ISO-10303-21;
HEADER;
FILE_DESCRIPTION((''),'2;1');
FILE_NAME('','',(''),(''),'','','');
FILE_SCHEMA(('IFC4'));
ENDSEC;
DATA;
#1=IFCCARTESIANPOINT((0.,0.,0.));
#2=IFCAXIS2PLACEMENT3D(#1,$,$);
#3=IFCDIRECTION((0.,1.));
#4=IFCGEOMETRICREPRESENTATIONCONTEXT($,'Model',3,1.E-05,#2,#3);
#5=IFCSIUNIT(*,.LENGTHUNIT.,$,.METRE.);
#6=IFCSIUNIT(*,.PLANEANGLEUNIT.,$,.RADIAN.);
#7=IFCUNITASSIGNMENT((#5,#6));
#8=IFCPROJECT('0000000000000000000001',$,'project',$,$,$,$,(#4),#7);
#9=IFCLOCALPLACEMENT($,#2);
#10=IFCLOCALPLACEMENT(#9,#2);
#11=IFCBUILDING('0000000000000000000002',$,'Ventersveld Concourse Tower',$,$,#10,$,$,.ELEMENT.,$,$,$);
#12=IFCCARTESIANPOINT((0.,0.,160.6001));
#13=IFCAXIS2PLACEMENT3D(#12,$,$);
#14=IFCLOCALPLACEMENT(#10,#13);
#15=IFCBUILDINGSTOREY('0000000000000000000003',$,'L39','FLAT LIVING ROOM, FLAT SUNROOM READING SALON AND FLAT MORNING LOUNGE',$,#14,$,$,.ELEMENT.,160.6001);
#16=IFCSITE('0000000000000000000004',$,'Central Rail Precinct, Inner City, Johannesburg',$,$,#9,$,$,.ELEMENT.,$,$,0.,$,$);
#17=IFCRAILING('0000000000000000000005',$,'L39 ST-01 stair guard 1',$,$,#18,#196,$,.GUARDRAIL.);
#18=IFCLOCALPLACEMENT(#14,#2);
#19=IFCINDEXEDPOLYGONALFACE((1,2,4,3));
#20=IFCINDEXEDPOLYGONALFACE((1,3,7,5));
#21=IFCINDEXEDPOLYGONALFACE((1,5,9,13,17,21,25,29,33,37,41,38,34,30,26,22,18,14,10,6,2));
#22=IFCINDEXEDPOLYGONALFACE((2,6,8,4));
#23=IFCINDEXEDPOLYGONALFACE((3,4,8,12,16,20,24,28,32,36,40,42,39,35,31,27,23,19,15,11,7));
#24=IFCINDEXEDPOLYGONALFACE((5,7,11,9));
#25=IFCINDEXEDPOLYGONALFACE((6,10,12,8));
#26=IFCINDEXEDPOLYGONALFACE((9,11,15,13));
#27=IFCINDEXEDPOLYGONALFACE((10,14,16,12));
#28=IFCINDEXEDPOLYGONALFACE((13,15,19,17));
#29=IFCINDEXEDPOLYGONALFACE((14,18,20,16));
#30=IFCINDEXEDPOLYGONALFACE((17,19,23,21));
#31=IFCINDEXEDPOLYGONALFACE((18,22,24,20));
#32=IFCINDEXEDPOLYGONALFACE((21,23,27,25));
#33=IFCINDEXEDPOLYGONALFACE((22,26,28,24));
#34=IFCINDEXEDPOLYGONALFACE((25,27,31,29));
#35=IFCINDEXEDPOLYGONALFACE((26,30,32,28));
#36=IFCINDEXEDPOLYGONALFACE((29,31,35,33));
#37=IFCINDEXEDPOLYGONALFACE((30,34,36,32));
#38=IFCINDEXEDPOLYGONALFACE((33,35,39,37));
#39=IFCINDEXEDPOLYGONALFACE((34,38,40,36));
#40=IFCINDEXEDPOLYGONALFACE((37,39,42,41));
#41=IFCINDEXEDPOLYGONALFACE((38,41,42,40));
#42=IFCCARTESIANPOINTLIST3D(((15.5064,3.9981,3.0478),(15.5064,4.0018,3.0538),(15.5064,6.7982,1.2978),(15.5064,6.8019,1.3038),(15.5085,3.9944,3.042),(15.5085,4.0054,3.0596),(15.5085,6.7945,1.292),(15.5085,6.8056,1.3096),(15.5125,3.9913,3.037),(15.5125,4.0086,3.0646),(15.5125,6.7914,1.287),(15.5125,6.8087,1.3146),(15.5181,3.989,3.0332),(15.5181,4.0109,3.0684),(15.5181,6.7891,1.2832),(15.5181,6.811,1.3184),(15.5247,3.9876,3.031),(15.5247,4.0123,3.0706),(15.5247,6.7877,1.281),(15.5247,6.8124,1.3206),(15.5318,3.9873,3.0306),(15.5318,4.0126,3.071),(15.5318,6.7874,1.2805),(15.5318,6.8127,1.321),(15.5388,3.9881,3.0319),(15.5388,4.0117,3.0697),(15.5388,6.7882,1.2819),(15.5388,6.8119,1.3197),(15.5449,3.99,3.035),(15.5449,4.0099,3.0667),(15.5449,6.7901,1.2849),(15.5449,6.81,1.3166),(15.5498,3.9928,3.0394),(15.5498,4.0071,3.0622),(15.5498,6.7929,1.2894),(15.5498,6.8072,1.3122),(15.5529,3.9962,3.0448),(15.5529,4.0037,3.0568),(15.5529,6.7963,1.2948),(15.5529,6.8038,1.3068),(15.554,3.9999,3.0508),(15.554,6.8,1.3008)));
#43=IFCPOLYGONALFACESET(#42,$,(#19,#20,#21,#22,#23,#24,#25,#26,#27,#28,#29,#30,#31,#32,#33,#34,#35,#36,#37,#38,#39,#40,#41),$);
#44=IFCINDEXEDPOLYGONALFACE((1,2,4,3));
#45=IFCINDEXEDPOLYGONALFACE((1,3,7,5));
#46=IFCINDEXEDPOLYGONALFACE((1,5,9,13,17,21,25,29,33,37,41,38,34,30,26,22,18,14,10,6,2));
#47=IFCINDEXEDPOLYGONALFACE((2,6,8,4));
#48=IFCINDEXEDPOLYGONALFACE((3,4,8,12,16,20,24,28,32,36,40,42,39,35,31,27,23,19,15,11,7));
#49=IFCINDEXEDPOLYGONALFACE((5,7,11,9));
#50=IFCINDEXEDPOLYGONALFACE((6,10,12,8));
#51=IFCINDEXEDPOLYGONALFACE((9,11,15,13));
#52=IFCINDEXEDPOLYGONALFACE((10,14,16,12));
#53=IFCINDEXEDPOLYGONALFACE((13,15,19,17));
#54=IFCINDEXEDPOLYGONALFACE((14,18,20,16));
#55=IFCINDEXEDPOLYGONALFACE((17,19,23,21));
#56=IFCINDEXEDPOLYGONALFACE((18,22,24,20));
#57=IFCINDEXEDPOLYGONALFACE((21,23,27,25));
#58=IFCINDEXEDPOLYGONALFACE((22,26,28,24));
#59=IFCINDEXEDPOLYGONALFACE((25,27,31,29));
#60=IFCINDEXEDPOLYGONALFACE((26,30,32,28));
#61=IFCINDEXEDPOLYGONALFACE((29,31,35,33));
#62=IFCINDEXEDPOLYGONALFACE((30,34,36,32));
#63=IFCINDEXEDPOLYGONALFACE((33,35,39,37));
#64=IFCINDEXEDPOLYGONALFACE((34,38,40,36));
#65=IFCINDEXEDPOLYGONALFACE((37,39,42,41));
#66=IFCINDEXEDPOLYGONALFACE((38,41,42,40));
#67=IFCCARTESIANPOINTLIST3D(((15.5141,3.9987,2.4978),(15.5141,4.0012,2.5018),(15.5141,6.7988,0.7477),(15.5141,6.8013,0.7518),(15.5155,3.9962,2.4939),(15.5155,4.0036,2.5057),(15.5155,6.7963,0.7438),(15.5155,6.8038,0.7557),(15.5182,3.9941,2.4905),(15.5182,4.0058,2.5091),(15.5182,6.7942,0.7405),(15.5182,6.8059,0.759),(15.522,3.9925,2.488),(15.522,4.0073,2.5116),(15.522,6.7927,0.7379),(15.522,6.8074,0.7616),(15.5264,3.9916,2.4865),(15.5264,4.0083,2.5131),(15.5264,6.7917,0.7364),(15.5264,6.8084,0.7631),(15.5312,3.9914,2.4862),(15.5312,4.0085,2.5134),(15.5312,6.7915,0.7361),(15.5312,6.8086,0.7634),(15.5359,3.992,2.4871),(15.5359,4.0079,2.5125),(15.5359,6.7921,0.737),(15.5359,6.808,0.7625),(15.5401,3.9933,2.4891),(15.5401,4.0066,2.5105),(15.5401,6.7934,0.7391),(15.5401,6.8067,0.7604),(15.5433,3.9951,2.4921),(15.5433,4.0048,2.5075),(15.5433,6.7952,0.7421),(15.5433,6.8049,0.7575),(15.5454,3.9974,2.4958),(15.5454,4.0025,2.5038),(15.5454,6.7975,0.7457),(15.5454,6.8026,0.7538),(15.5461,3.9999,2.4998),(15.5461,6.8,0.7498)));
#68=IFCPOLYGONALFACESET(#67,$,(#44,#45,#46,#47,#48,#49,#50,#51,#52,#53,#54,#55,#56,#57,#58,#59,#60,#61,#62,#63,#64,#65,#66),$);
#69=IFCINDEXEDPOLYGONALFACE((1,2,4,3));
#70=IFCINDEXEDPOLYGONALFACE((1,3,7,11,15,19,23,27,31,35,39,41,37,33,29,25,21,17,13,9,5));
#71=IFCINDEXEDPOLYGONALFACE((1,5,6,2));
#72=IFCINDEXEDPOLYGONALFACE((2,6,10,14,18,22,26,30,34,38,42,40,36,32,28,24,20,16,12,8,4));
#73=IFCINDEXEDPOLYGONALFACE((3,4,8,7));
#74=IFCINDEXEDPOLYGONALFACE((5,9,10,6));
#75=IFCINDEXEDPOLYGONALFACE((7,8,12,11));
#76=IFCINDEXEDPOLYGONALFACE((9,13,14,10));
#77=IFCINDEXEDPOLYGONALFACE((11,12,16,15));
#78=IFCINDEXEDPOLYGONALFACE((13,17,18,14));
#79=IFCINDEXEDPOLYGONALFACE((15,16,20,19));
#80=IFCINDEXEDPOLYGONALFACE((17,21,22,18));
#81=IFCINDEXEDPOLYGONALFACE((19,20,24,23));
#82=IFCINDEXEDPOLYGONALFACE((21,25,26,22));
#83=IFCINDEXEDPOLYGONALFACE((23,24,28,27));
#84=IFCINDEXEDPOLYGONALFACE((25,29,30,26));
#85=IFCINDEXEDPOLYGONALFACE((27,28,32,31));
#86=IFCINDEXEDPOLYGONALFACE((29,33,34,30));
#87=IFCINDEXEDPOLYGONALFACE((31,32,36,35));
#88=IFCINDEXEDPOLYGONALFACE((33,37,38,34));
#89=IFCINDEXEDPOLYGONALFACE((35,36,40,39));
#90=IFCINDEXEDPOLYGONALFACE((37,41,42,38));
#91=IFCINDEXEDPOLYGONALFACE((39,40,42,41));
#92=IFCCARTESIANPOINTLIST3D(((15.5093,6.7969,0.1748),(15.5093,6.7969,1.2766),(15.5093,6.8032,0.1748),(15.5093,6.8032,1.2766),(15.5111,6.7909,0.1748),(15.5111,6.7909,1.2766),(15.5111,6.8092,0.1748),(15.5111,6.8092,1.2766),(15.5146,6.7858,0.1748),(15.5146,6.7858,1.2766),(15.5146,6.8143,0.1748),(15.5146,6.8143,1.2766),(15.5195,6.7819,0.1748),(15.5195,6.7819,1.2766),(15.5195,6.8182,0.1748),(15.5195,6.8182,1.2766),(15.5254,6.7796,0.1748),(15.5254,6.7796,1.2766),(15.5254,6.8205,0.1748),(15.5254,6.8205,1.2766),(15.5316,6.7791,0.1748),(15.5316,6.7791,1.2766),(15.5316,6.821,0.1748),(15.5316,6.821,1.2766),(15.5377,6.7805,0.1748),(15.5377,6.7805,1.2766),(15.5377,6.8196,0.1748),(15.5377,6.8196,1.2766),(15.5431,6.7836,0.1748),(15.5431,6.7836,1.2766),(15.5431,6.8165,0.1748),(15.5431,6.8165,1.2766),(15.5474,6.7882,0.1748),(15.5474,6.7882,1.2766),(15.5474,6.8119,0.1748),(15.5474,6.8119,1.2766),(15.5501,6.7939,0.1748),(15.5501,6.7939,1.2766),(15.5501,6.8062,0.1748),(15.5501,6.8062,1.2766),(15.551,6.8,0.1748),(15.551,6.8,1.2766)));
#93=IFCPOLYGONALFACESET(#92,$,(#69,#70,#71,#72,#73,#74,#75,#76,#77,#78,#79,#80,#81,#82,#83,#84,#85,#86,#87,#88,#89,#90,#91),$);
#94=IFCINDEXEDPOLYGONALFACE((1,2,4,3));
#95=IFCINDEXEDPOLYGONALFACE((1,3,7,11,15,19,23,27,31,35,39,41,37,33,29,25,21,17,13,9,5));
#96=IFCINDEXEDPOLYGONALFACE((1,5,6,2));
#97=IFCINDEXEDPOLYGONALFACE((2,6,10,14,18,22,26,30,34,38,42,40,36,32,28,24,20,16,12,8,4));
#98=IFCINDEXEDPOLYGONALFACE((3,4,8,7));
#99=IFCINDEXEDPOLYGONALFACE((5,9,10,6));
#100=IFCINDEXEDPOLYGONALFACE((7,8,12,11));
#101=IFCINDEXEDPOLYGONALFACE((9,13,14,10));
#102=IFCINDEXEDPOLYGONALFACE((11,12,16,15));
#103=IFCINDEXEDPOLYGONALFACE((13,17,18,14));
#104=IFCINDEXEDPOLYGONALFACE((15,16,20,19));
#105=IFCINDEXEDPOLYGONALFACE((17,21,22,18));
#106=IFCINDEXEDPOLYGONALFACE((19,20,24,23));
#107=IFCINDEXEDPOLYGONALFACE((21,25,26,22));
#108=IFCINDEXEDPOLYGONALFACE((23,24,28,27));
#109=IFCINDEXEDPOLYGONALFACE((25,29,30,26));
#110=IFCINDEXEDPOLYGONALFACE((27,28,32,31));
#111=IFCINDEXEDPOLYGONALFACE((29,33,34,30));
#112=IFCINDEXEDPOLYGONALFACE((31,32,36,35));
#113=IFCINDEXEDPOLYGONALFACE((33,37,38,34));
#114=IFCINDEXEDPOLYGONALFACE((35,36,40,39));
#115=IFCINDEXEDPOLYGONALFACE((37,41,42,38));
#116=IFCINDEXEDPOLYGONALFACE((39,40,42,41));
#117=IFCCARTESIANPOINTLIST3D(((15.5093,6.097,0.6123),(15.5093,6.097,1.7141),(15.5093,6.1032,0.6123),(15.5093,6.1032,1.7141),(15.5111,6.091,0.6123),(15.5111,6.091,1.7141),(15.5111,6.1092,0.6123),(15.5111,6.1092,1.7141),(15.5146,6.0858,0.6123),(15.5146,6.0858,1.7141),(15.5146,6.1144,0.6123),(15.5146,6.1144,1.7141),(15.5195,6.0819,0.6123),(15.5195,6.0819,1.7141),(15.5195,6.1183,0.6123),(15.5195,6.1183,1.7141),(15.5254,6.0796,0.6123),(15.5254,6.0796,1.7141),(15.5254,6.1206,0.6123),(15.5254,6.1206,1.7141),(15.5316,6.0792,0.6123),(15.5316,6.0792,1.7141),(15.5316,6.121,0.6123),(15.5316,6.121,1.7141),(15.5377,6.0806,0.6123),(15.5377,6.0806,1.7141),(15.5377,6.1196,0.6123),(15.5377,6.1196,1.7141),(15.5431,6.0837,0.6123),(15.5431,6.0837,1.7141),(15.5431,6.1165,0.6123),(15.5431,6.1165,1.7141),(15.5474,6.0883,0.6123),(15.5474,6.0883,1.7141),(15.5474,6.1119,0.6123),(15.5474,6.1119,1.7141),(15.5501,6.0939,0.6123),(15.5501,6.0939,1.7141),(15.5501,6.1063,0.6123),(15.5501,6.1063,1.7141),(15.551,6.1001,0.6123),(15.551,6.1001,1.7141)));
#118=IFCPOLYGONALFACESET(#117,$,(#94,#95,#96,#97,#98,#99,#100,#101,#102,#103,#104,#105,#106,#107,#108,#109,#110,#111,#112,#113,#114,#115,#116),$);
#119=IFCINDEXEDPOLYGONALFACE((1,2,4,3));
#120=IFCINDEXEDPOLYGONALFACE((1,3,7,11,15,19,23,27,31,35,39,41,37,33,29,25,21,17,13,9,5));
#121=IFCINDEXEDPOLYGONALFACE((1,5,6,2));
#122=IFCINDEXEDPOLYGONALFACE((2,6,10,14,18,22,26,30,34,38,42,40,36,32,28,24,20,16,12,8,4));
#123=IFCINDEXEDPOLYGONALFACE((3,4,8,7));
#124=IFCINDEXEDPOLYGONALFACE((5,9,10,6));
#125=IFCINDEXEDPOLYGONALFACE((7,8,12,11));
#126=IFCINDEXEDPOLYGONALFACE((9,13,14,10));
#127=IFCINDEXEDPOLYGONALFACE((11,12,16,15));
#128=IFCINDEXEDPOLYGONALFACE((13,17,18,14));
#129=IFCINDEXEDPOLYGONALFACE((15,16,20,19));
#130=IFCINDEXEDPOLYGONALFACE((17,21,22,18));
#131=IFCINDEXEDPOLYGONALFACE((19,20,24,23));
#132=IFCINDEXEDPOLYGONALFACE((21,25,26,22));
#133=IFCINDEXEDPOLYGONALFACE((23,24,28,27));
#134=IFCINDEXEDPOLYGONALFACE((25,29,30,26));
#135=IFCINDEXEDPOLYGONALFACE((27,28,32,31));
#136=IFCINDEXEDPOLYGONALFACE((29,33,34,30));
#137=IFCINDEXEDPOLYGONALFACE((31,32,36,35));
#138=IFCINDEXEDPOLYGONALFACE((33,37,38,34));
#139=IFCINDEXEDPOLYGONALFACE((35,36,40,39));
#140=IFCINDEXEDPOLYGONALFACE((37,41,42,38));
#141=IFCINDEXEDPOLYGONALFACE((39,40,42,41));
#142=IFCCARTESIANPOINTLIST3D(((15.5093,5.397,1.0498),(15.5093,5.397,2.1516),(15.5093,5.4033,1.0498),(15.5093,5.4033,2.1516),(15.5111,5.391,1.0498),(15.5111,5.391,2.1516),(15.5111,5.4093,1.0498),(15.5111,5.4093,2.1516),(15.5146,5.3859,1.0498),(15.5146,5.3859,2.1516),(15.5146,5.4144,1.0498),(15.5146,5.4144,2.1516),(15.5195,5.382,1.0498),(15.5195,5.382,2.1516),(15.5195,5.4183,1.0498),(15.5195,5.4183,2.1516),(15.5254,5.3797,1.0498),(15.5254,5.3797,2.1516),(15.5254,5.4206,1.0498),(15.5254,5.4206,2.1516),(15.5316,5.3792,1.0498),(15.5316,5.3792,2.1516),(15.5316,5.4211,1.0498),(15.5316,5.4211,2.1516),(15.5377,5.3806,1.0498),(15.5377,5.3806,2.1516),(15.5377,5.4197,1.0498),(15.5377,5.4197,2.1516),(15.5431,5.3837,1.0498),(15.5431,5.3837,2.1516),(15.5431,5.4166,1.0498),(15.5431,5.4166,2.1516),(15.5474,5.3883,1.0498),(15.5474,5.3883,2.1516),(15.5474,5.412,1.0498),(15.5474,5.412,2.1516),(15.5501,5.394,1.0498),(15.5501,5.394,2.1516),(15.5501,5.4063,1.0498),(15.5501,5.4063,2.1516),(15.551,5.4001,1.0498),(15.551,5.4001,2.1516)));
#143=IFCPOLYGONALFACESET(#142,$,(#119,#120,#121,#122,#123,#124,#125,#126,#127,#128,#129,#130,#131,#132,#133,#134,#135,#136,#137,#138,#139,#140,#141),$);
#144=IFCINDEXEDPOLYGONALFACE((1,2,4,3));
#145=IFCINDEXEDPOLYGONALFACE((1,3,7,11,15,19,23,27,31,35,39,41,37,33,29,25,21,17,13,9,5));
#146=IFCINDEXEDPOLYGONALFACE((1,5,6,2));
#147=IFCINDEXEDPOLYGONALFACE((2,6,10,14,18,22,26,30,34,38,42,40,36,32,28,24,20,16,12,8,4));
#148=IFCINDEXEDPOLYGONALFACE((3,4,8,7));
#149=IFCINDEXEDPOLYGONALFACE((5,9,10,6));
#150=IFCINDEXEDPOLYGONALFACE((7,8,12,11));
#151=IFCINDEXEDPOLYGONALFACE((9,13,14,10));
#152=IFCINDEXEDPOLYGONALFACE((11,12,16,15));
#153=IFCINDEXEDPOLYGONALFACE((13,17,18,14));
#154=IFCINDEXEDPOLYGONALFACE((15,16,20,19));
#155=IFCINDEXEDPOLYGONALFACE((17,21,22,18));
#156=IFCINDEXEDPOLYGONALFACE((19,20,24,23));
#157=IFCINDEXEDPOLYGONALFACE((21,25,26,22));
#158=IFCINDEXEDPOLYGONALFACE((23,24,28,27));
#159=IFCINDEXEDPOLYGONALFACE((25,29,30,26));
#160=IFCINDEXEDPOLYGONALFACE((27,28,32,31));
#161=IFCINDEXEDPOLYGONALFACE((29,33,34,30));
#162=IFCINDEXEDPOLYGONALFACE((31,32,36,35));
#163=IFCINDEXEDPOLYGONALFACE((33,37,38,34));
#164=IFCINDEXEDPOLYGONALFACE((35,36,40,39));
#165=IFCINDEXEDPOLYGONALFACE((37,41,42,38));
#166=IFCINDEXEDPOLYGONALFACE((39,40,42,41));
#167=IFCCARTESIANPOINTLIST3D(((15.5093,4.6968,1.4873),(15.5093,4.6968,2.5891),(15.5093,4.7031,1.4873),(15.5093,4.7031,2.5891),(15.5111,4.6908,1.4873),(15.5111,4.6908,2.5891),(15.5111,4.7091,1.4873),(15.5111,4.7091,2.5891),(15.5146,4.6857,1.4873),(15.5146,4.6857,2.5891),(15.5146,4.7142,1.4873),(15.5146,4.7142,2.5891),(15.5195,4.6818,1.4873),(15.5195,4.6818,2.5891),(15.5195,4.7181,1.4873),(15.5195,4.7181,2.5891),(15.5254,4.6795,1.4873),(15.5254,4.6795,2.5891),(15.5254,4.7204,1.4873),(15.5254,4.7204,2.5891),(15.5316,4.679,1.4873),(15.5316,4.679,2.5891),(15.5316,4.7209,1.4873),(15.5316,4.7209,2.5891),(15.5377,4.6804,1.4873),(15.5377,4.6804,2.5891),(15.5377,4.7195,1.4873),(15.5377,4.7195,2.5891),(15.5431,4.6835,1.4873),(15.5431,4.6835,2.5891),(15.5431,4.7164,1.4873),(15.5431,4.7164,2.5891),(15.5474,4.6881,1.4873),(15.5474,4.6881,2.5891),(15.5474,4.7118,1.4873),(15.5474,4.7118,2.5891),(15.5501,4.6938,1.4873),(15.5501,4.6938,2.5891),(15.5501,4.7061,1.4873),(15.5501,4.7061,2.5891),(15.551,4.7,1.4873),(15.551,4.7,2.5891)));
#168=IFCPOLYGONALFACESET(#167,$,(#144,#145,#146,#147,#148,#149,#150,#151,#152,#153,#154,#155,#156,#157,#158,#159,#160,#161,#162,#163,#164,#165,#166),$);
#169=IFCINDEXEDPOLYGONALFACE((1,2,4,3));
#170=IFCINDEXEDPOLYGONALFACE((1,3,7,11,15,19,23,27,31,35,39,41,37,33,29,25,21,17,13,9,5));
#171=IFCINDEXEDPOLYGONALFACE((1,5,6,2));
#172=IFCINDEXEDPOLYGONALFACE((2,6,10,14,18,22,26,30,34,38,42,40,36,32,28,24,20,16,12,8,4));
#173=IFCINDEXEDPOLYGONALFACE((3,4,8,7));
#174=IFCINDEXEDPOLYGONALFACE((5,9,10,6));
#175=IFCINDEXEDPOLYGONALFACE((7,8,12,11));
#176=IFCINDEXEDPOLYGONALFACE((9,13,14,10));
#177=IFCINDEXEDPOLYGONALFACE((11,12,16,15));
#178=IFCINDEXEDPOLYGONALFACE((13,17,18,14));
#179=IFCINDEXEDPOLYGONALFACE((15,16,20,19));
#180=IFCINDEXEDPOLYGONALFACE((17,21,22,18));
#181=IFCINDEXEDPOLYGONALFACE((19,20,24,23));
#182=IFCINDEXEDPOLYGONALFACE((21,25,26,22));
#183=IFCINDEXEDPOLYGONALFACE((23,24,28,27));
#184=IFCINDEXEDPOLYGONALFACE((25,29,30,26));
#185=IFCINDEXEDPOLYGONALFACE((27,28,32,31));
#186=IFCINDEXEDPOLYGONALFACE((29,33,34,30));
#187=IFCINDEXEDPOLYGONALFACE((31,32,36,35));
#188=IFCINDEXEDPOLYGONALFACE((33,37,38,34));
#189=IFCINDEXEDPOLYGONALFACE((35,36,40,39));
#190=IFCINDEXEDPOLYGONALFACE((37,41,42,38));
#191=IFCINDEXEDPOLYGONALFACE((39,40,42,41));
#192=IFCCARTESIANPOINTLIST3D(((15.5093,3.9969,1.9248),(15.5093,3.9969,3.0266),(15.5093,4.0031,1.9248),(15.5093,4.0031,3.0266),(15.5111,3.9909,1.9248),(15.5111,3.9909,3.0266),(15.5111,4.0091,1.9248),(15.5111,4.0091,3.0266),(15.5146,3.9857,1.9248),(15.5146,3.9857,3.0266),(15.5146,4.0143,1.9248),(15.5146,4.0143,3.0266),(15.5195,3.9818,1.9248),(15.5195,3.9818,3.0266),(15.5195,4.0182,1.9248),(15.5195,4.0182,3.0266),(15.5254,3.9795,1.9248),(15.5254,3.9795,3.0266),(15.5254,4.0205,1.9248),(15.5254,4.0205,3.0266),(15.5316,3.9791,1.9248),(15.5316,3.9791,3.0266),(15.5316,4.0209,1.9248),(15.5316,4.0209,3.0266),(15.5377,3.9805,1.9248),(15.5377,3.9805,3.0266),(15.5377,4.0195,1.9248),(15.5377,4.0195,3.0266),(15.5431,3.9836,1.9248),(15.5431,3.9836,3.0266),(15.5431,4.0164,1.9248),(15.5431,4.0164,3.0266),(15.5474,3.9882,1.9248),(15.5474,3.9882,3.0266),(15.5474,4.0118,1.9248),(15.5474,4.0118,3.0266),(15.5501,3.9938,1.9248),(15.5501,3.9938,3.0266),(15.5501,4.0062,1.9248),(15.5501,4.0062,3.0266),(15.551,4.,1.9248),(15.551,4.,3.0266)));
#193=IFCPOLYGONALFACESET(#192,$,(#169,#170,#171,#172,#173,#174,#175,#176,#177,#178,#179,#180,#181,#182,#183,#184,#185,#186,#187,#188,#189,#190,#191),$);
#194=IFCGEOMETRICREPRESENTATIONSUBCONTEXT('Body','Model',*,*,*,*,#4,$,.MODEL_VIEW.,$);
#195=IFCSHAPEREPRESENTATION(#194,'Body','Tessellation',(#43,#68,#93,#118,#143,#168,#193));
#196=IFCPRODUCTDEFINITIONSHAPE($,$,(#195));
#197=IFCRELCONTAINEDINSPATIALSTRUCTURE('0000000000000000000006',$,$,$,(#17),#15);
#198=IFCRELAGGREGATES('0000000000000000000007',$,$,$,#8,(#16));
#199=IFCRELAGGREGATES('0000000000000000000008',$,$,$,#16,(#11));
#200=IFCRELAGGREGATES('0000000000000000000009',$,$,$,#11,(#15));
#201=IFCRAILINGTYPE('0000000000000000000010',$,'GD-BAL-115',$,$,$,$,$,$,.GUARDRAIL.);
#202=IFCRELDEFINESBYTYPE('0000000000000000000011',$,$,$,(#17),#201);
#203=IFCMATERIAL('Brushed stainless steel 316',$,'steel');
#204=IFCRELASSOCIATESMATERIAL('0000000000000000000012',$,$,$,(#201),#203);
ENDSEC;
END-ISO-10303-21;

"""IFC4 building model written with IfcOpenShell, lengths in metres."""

from ifc_helpers import new_model, si_unit, direction, frame, origin, origin_2d, place, context, subcontext, project, spatial, circle, extrude, material, type_object, element, save


model = new_model("IFC4")

# Units and contexts
model_context = context("Model", 3, precision=1e-05, world=origin(), true_north=direction((0.0, 1.0)))
body_context = subcontext(model_context, "Body", "Model", "MODEL_VIEW")
ifc_project = project(units=[si_unit("LENGTHUNIT", "METRE"), si_unit("PLANEANGLEUNIT", "RADIAN")], contexts=[model_context])

# Site, building, storey
site_placement = place(None, origin())
site = spatial("IfcSite", under=ifc_project, at=site_placement, Name="Central Rail Precinct, Inner City, Johannesburg", CompositionType="ELEMENT", RefElevation=0.0)
building_placement = place(site_placement, origin())
building = spatial("IfcBuilding", under=site, at=building_placement, Name="Ventersveld Concourse Tower", CompositionType="ELEMENT")
storey_placement = place(building_placement, frame((0.0, 0.0, 160.6001)))
storey = spatial("IfcBuildingStorey", under=building, at=storey_placement, Name="L39", Description="FLAT LIVING ROOM, FLAT SUNROOM READING SALON AND FLAT MORNING LOUNGE", CompositionType="ELEMENT", Elevation=160.6001)

# Railing
ifc_material_1 = material(Name="Brushed stainless steel 316", Category="steel")
railing_type_1 = type_object("IfcRailingType", Name="GD-BAL-115", PredefinedType="GUARDRAIL", material=ifc_material_1)
railing_1_placement = place(storey_placement, frame((15.53, 6.8, 0.1748)))
element("IfcRailing", 1, at=railing_1_placement, inside=storey, type_object=railing_type_1, Name="L39 ST-01 stair guard 1", PredefinedType="GUARDRAIL", context=body_context, shape_type="SweptSolid", body=[
    extrude(circle(Radius=0.0239, at=origin_2d()), frame((0.0, 0.0, 1.126), z_axis=(0.0, -0.848002, 0.529992), x_axis=(1.0, 0.0, 0.0)), (0.0, 0.0, 1.0), 3.302),
    extrude(circle(Radius=0.0161, at=origin_2d()), frame((0.0, 0.0, 0.575), z_axis=(0.0, -0.848002, 0.529992), x_axis=(1.0, 0.0, 0.0)), (0.0, 0.0, 1.0), 3.302),
    extrude(circle(Radius=0.021, at=origin_2d()), origin(), (0.0, 0.0, 1.0), 1.1018),
    extrude(circle(Radius=0.021, at=origin_2d()), frame((0.0, -0.7, 0.4375)), (0.0, 0.0, 1.0), 1.1018),
    extrude(circle(Radius=0.021, at=origin_2d()), frame((0.0, -1.3999, 0.875)), (0.0, 0.0, 1.0), 1.1018),
    extrude(circle(Radius=0.021, at=origin_2d()), frame((0.0, -2.1001, 1.3125)), (0.0, 0.0, 1.0), 1.1018),
    extrude(circle(Radius=0.021, at=origin_2d()), frame((0.0, -2.8, 1.75)), (0.0, 0.0, 1.0), 1.1018),
])

save(model, "model.ifc")
